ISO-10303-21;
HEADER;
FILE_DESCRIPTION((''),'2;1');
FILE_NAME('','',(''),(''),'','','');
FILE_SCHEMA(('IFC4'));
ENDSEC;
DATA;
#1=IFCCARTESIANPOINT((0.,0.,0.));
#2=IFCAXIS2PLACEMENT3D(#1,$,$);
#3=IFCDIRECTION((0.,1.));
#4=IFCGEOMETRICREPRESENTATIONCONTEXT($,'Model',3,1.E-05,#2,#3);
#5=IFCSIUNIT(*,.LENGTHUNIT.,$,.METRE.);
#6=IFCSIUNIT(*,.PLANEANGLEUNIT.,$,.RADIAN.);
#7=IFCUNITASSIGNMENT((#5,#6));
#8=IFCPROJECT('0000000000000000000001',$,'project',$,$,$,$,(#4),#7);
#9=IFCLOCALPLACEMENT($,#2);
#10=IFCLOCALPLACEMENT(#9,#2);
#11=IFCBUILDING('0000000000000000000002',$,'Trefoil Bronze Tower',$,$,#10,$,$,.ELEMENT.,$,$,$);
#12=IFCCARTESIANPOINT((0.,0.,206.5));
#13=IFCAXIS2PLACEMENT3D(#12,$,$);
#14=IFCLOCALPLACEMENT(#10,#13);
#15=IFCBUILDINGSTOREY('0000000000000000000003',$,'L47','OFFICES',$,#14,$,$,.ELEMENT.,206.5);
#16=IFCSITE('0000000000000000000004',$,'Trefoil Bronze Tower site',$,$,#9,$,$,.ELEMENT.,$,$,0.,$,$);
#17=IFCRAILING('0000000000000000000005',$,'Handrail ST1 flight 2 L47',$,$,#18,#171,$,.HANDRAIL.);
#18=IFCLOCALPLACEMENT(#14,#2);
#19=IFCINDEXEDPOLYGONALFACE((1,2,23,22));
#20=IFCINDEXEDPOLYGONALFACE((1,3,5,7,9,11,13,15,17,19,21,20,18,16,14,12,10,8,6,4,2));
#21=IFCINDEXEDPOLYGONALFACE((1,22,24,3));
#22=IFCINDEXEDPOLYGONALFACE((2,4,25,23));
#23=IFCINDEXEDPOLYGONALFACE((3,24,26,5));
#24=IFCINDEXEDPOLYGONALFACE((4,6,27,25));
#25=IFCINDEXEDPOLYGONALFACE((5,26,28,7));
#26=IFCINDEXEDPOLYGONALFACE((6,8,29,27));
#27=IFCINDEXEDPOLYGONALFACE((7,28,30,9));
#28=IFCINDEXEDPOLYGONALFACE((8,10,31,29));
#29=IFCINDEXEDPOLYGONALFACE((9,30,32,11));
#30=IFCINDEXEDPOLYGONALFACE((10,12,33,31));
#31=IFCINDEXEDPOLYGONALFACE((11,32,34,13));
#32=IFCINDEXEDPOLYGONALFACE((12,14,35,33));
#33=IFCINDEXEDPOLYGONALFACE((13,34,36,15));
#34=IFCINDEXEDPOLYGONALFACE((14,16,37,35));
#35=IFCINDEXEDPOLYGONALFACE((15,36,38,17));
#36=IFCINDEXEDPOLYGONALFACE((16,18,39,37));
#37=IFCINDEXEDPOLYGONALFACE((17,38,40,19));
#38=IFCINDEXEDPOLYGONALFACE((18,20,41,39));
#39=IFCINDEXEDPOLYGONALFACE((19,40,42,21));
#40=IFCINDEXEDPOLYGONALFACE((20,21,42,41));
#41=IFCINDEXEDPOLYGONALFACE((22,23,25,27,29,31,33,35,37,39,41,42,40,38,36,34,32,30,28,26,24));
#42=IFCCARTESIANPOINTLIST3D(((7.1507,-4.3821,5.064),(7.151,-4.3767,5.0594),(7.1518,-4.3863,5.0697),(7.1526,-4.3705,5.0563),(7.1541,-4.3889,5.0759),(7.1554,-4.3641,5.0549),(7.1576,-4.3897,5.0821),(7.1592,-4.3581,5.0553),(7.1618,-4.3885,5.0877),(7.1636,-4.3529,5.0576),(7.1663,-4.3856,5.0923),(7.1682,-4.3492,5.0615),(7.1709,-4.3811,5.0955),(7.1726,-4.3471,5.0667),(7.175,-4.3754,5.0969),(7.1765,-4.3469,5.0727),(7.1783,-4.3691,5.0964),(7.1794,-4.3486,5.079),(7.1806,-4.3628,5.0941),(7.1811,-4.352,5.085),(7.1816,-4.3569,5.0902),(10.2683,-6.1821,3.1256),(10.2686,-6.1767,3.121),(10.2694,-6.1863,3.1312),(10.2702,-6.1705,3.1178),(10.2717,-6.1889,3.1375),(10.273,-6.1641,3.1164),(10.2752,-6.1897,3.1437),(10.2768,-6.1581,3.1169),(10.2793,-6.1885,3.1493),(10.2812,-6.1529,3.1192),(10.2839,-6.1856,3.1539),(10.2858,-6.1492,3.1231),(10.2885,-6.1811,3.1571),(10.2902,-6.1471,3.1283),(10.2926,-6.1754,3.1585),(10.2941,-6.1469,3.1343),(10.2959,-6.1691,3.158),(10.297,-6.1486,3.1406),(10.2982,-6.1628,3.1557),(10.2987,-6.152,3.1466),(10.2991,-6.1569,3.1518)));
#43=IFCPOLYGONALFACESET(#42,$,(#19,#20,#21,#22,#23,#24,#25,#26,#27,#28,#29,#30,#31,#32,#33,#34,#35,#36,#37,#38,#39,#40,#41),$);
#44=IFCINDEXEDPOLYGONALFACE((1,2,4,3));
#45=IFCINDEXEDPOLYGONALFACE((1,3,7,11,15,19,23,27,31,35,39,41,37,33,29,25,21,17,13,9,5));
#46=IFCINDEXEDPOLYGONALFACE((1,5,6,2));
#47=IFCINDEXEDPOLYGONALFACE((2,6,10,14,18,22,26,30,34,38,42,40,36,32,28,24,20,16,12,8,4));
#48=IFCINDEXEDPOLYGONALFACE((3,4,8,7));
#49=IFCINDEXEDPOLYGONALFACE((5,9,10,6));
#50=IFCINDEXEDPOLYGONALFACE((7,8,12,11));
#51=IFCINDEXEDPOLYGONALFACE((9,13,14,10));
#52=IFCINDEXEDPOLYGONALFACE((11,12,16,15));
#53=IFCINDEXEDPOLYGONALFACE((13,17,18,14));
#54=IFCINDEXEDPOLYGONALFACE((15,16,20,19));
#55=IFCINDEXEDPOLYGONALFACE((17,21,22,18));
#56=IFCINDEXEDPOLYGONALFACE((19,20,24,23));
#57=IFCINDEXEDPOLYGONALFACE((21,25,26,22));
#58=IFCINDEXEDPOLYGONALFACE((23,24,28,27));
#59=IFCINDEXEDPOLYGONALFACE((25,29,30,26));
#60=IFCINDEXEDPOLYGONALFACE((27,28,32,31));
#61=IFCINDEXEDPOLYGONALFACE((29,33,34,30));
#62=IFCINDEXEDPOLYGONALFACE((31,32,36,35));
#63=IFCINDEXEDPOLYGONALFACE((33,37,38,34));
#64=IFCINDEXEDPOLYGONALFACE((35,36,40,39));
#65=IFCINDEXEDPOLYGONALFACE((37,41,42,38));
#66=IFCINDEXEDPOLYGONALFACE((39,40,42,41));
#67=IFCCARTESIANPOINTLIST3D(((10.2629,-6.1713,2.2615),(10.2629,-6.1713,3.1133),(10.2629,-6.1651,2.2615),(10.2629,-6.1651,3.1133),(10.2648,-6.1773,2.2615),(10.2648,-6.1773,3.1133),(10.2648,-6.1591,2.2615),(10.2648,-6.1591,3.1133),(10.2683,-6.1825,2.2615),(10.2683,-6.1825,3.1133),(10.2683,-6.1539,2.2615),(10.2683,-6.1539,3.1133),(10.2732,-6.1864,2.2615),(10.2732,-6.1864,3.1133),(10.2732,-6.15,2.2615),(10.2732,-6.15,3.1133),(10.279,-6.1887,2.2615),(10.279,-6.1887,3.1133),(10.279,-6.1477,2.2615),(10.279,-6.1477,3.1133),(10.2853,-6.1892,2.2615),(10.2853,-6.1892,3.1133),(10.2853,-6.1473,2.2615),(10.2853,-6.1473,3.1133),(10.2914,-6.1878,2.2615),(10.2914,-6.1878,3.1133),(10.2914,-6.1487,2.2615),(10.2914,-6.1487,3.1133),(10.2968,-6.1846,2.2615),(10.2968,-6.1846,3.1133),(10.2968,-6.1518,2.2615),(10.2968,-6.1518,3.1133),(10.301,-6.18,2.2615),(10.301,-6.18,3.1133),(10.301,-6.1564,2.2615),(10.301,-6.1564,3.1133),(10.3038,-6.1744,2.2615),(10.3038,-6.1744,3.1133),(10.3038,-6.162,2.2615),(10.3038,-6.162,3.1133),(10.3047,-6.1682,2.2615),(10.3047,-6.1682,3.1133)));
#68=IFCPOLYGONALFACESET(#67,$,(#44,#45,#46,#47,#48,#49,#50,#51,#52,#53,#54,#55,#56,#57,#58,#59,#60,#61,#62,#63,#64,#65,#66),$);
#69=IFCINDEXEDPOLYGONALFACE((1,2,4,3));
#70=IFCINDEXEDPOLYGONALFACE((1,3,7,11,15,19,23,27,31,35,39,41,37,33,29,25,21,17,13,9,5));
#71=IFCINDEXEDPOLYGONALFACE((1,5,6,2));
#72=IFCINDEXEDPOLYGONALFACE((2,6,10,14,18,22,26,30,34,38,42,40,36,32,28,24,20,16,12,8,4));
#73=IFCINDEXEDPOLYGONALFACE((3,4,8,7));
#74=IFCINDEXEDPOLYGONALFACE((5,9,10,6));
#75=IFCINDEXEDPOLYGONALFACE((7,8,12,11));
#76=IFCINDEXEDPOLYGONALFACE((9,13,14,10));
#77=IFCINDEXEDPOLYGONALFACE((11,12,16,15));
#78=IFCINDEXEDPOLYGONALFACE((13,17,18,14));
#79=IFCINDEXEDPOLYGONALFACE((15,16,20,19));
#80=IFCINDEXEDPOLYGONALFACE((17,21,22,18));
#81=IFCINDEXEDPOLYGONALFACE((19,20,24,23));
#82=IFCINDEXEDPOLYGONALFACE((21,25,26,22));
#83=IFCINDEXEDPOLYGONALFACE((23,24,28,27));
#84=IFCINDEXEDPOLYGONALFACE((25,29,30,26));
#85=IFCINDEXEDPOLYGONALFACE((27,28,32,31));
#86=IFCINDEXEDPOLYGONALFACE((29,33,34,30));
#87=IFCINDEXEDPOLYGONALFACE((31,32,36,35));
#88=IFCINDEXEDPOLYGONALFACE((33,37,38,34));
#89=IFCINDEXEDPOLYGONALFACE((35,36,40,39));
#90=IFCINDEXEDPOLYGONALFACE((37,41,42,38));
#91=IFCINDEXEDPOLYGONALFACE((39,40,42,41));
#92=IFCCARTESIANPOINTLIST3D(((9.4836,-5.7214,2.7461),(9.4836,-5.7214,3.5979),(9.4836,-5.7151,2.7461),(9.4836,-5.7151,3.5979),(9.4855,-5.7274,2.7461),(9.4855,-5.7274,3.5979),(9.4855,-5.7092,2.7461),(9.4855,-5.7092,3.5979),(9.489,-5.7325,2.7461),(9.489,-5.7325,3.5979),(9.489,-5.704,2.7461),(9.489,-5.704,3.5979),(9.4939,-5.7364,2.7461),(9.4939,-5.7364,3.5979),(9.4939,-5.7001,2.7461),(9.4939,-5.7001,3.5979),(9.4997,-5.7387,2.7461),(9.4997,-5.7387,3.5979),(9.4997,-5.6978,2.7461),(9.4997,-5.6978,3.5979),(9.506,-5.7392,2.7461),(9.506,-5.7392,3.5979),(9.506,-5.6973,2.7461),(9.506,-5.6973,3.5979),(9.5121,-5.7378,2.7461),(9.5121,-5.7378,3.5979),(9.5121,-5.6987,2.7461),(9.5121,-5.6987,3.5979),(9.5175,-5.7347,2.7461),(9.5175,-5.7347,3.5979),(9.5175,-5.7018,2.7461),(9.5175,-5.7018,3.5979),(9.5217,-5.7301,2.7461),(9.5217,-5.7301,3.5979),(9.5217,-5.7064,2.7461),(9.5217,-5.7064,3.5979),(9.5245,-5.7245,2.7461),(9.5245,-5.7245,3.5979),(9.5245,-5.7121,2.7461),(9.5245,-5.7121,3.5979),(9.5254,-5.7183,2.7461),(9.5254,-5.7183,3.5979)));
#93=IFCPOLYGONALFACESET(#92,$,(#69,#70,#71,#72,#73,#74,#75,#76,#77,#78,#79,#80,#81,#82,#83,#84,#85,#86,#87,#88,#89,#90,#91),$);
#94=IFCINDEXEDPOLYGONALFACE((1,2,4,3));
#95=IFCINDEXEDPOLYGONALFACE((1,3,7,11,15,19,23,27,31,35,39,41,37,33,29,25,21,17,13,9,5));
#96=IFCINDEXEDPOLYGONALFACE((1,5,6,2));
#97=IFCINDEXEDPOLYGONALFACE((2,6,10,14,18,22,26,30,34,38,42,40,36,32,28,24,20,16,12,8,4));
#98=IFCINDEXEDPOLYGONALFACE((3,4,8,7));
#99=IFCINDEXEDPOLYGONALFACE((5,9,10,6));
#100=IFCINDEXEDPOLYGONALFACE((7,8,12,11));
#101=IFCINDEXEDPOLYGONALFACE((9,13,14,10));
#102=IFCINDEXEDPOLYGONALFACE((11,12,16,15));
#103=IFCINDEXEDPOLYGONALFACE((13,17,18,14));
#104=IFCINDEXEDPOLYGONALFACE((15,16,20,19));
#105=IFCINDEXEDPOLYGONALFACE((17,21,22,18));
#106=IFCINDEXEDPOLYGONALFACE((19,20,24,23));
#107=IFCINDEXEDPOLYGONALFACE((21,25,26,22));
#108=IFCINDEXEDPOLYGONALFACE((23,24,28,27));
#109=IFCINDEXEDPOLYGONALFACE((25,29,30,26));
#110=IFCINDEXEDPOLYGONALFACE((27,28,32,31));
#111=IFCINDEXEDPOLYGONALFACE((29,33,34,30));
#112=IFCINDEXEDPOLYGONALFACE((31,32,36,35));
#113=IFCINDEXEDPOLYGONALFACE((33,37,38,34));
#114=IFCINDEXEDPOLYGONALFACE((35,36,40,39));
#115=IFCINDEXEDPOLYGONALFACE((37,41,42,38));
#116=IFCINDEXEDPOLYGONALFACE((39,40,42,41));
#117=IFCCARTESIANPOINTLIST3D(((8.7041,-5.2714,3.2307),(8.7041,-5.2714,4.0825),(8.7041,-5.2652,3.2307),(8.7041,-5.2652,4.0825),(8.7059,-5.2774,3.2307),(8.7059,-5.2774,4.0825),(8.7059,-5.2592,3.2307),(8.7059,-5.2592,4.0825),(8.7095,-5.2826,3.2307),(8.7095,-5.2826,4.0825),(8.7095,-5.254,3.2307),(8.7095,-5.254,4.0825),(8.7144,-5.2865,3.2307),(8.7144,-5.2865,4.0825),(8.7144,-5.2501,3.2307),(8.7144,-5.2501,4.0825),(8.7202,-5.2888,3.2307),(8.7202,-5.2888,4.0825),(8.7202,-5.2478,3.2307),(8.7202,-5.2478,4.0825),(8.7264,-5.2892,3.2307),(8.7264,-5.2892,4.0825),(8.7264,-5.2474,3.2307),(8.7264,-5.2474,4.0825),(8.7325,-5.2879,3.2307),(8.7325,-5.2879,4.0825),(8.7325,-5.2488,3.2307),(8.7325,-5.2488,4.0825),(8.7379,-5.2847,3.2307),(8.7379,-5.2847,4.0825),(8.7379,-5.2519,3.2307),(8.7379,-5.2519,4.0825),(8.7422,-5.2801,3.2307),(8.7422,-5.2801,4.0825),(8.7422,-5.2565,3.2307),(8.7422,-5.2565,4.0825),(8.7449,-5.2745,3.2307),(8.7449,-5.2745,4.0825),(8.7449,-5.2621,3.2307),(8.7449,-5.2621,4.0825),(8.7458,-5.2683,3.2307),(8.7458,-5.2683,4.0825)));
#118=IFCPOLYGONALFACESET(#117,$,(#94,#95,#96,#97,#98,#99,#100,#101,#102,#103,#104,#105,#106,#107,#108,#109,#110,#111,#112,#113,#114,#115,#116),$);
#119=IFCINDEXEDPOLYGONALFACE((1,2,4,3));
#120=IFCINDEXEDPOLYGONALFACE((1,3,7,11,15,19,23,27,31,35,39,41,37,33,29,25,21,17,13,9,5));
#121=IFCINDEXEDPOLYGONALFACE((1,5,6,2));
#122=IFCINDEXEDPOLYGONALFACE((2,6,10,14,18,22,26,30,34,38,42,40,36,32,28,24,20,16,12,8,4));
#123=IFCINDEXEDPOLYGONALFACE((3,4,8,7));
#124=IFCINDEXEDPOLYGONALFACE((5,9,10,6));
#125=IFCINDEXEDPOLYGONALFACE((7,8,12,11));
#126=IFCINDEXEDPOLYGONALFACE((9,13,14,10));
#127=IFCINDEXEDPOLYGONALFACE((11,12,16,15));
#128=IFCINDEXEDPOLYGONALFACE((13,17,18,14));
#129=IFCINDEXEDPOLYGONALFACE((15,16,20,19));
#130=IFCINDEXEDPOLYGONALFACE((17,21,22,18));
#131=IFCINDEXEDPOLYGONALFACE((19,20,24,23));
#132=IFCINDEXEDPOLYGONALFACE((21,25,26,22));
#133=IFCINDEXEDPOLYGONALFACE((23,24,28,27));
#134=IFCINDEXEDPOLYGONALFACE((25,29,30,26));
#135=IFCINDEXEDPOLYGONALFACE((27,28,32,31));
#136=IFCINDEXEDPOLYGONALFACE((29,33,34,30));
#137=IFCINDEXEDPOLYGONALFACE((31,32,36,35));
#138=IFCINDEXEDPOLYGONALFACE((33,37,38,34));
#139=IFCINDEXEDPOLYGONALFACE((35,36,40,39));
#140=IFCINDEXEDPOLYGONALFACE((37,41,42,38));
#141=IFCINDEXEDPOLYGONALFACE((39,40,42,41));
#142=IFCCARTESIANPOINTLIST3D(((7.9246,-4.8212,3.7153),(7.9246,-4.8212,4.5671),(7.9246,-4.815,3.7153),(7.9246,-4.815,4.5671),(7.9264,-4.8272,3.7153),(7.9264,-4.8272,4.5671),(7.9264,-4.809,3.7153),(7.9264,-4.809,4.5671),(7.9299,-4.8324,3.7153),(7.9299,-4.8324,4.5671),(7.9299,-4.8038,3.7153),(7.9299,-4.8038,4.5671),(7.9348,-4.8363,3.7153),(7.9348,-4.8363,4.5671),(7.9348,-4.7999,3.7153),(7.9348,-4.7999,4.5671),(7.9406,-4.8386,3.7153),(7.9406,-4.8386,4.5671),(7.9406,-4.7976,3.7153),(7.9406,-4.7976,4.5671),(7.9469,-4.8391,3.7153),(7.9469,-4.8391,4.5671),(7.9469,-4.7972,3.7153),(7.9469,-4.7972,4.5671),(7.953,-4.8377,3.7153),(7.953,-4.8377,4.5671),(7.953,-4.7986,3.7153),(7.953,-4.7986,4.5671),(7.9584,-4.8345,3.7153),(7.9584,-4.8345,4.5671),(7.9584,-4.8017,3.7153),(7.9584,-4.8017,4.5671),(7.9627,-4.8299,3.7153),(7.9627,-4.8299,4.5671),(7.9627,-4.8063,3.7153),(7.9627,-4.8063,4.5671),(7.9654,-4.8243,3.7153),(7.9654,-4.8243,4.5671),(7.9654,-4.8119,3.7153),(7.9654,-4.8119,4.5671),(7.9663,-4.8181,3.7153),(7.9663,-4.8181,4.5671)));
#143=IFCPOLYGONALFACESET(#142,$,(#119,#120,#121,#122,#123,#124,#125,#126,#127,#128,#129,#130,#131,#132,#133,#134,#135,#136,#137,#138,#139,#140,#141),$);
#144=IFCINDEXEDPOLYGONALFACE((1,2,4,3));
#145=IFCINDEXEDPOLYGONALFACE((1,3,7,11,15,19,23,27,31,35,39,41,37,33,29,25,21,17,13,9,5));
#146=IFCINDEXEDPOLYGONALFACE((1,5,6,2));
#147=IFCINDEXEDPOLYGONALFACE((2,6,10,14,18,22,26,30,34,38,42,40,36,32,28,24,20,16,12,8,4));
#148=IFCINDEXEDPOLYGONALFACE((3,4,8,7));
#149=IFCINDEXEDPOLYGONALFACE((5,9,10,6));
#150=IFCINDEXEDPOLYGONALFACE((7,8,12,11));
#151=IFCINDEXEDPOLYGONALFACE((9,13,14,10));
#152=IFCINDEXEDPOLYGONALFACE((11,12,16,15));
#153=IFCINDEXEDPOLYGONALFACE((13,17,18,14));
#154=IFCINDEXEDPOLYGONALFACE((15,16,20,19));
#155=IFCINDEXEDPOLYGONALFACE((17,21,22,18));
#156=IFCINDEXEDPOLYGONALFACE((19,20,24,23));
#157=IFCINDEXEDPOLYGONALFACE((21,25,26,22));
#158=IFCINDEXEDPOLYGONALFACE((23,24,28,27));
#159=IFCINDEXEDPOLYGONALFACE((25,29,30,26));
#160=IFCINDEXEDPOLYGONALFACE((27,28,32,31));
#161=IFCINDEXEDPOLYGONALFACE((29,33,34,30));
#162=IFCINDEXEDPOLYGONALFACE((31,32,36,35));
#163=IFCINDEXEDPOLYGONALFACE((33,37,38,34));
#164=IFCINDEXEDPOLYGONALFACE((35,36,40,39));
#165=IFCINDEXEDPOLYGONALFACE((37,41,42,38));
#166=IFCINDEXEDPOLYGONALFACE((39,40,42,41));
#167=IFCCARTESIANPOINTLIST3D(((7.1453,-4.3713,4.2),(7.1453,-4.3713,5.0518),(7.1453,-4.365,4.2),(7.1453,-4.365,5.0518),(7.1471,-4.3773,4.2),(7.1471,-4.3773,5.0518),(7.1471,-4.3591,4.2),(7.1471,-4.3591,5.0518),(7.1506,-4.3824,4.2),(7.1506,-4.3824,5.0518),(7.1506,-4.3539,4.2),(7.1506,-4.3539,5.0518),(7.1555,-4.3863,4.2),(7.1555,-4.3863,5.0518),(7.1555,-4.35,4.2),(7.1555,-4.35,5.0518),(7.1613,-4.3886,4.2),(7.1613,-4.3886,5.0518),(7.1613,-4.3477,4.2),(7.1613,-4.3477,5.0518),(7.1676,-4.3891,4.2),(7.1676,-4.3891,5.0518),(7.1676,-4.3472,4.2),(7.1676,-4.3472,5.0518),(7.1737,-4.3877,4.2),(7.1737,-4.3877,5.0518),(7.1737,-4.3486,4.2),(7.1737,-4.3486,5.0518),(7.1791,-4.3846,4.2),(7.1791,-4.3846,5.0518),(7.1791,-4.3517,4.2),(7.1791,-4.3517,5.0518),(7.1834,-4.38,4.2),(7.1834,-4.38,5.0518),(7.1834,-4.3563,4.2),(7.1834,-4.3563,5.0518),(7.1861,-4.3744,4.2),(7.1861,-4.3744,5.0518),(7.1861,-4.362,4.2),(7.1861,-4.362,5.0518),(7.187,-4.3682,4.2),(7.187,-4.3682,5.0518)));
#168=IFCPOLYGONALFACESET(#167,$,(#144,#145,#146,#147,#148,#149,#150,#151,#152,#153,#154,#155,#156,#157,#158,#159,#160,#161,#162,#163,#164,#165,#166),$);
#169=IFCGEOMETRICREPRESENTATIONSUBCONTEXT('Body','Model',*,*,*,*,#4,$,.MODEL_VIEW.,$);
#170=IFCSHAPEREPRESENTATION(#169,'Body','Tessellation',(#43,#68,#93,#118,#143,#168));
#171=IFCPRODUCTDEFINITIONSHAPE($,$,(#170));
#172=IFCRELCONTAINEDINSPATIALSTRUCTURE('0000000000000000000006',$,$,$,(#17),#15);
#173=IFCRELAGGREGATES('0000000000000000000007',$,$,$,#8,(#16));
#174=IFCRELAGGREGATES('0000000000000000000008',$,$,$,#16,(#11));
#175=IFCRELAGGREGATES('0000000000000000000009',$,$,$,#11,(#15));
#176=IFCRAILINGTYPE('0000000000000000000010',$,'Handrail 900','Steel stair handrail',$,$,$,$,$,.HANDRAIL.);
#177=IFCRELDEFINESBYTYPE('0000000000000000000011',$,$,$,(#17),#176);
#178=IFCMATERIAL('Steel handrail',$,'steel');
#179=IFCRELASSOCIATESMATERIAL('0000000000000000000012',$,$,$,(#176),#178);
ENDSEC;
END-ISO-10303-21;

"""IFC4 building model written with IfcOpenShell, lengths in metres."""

from ifc_helpers import new_model, si_unit, direction, frame, origin, origin_2d, place, context, subcontext, project, spatial, circle, extrude, material, type_object, element, save


model = new_model("IFC4")

# Units and contexts
model_context = context("Model", 3, precision=1e-05, world=origin(), true_north=direction((0.0, 1.0)))
body_context = subcontext(model_context, "Body", "Model", "MODEL_VIEW")
ifc_project = project(units=[si_unit("LENGTHUNIT", "METRE"), si_unit("PLANEANGLEUNIT", "RADIAN")], contexts=[model_context])

# Site, building, storey
site_placement = place(None, origin())
site = spatial("IfcSite", under=ifc_project, at=site_placement, Name="Trefoil Bronze Tower site", CompositionType="ELEMENT", RefElevation=0.0)
building_placement = place(site_placement, origin())
building = spatial("IfcBuilding", under=site, at=building_placement, Name="Trefoil Bronze Tower", CompositionType="ELEMENT")
storey_placement = place(building_placement, frame((0.0, 0.0, 206.5)))
storey = spatial("IfcBuildingStorey", under=building, at=storey_placement, Name="L47", Description="OFFICES", CompositionType="ELEMENT", Elevation=206.5)

# Railing
ifc_material_1 = material(Name="Steel handrail", Category="steel")
railing_type = type_object("IfcRailingType", Name="Handrail 900", Description="Steel stair handrail", PredefinedType="HANDRAIL", material=ifc_material_1)
railing_placement = place(storey_placement, frame((10.2837, -6.1682, 2.2615)))
element("IfcRailing", 1, at=railing_placement, inside=storey, type_object=railing_type, Name="Handrail ST1 flight 2 L47", PredefinedType="HANDRAIL", context=body_context, shape_type="SweptSolid", body=[
    extrude(circle(Radius=0.0239, at=origin_2d()), frame((0.0, 0.0, 0.876), z_axis=(-0.762503, 0.440246, 0.474102), x_axis=(-0.500012, -0.866018, 0.0)), (0.0, 0.0, 1.0), 4.0886),
    extrude(circle(Radius=0.021, at=origin_2d()), origin(), (0.0, 0.0, 1.0), 0.8518),
    extrude(circle(Radius=0.021, at=origin_2d()), frame((-0.7793, 0.45, 0.4846)), (0.0, 0.0, 1.0), 0.8518),
    extrude(circle(Radius=0.021, at=origin_2d()), frame((-1.5588, 0.8999, 0.9692)), (0.0, 0.0, 1.0), 0.8518),
    extrude(circle(Radius=0.021, at=origin_2d()), frame((-2.3384, 1.3501, 1.4539)), (0.0, 0.0, 1.0), 0.8518),
    extrude(circle(Radius=0.021, at=origin_2d()), frame((-3.1177, 1.8, 1.9385)), (0.0, 0.0, 1.0), 0.8518),
])

save(model, "model.ifc")
